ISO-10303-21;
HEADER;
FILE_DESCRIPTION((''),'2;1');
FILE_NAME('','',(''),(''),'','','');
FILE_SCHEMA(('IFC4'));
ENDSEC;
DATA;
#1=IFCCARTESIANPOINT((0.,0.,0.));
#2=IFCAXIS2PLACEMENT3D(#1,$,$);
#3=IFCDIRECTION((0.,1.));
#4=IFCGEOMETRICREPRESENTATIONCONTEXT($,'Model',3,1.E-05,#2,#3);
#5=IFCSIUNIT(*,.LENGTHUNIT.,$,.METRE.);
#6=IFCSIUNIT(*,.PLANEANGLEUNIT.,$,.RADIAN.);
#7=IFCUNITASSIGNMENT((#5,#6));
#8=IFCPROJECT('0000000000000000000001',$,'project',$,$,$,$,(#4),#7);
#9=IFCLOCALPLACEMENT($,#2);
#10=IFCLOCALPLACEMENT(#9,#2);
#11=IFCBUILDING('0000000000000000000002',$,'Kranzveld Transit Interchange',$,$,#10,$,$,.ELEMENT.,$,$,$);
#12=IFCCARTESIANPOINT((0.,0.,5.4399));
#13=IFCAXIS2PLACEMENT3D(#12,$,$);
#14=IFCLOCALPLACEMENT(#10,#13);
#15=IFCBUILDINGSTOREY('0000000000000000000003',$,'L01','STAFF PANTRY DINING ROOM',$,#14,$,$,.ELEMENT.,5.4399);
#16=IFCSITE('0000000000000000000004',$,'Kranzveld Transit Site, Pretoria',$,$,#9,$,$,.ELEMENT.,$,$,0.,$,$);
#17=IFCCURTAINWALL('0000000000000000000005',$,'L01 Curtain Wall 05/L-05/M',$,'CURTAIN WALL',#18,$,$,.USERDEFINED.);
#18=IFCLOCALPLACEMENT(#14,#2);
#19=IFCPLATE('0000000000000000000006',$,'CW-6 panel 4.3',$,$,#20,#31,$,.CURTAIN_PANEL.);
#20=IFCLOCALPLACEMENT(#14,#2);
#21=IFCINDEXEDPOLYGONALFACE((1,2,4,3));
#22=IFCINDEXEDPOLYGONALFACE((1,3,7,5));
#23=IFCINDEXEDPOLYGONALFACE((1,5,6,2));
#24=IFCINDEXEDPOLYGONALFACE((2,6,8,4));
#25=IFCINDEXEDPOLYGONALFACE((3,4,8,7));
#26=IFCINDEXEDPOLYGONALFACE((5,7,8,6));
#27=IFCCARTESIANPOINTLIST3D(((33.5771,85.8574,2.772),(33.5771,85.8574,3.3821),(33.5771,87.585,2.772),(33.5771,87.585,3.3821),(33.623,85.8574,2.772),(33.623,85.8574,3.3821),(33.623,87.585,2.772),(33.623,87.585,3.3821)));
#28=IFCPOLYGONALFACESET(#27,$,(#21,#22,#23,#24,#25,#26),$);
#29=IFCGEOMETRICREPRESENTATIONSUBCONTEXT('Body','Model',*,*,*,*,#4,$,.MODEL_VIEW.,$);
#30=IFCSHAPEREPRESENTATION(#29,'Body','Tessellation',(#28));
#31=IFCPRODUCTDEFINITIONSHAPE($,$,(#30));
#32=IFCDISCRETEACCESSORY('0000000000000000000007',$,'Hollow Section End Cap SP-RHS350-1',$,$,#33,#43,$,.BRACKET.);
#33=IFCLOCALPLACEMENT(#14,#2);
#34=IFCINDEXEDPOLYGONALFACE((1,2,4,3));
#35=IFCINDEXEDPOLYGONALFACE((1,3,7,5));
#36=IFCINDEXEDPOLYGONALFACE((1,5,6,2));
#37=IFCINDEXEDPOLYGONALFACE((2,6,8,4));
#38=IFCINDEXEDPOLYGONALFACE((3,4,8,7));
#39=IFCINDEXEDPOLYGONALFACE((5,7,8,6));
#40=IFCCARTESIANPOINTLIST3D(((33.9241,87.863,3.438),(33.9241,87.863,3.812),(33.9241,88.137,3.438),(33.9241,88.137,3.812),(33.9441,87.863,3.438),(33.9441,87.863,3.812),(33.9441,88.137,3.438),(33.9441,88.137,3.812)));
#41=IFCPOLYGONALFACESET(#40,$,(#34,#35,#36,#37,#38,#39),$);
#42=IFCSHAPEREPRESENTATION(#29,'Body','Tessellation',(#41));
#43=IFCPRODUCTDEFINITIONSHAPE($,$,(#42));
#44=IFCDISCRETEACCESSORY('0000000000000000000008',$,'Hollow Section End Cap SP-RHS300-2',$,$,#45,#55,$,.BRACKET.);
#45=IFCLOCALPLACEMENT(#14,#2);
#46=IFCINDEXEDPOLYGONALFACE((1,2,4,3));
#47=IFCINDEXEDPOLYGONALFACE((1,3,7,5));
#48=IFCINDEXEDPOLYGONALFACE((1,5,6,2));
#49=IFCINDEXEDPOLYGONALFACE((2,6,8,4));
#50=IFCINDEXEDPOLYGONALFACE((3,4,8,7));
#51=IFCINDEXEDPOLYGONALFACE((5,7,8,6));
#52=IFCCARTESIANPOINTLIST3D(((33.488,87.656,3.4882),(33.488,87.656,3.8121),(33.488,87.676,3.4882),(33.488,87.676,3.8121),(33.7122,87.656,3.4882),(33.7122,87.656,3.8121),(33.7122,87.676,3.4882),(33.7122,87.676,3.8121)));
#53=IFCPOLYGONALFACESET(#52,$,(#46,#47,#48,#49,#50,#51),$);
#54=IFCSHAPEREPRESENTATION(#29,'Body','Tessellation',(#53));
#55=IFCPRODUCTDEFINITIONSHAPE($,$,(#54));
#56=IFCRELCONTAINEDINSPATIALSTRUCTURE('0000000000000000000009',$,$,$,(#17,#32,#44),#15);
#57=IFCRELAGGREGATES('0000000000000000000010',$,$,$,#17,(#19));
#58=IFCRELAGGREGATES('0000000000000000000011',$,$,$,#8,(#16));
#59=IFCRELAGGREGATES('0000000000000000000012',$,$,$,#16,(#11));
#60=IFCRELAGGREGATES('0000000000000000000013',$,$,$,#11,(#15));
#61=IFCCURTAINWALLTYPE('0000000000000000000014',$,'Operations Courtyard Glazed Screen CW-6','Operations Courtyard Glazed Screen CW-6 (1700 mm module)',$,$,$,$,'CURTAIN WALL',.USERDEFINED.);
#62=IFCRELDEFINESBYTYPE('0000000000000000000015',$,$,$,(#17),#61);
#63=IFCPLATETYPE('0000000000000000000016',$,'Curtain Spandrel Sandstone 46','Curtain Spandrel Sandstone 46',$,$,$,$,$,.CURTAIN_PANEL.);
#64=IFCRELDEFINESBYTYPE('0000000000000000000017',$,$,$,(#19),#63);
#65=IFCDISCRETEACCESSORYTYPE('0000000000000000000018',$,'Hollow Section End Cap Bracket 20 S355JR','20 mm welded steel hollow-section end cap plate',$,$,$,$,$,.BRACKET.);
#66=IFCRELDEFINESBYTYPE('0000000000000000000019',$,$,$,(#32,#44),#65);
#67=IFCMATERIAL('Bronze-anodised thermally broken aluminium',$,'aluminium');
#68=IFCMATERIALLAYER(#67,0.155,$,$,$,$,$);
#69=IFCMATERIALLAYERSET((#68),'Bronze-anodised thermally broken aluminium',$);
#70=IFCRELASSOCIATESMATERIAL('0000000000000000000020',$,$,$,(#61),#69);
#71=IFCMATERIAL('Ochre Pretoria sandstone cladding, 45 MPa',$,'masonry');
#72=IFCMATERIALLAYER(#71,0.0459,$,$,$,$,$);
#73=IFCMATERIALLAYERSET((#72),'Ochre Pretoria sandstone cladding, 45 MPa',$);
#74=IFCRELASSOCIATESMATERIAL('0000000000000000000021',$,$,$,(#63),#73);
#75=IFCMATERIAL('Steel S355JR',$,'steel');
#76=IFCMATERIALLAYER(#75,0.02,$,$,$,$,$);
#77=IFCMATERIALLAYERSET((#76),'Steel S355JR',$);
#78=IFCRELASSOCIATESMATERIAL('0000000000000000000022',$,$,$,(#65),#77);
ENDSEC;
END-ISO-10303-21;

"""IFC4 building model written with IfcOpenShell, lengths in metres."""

from ifc_helpers import new_model, si_unit, direction, frame, origin, origin_2d, place, context, subcontext, project, spatial, rectangle, extrude, material, layer, layer_set, type_object, element, aggregate, save


model = new_model("IFC4")

# Units and contexts
model_context = context("Model", 3, precision=1e-05, world=origin(), true_north=direction((0.0, 1.0)))
body_context = subcontext(model_context, "Body", "Model", "MODEL_VIEW")
ifc_project = project(units=[si_unit("LENGTHUNIT", "METRE"), si_unit("PLANEANGLEUNIT", "RADIAN")], contexts=[model_context])

# Site, building, storey
site_placement = place(None, origin())
site = spatial("IfcSite", under=ifc_project, at=site_placement, Name="Kranzveld Transit Site, Pretoria", CompositionType="ELEMENT", RefElevation=0.0)
building_placement = place(site_placement, origin())
building = spatial("IfcBuilding", under=site, at=building_placement, Name="Kranzveld Transit Interchange", CompositionType="ELEMENT")
storey_placement = place(building_placement, frame((0.0, 0.0, 5.4399)))
storey = spatial("IfcBuildingStorey", under=building, at=storey_placement, Name="L01", Description="STAFF PANTRY DINING ROOM", CompositionType="ELEMENT", Elevation=5.4399)

# Curtain wall
ifc_material_1 = material(Name="Bronze-anodised thermally broken aluminium", Category="aluminium")
ifc_layer_1 = layer(ifc_material_1, 0.155)
ifc_layer_set_1 = layer_set([ifc_layer_1], Name="Bronze-anodised thermally broken aluminium")
curtain_wall_type_1 = type_object("IfcCurtainWallType", Name="Operations Courtyard Glazed Screen CW-6", Description="Operations Courtyard Glazed Screen CW-6 (1700 mm module)", ElementType="CURTAIN WALL", PredefinedType="USERDEFINED", material=ifc_layer_set_1)
curtain_wall_1_placement = place(storey_placement, origin())
curtain_wall_1 = element("IfcCurtainWall", 1, at=curtain_wall_1_placement, inside=storey, type_object=curtain_wall_type_1, Name="L01 Curtain Wall 05/L-05/M", ObjectType="CURTAIN WALL", PredefinedType="USERDEFINED")

# Plate
ifc_material_2 = material(Name="Ochre Pretoria sandstone cladding, 45 MPa", Category="masonry")
ifc_layer_2 = layer(ifc_material_2, 0.0459)
ifc_layer_set_2 = layer_set([ifc_layer_2], Name="Ochre Pretoria sandstone cladding, 45 MPa")
plate_type_1 = type_object("IfcPlateType", Name="Curtain Spandrel Sandstone 46", Description="Curtain Spandrel Sandstone 46", PredefinedType="CURTAIN_PANEL", material=ifc_layer_set_2)
plate_1_placement = place(storey_placement, frame((33.6001, 86.7212, 2.772), z_axis=(0.0, 0.0, 1.0), x_axis=(0.0, 1.0, 0.0)))
plate_1 = element("IfcPlate", 2, at=plate_1_placement, type_object=plate_type_1, Name="CW-6 panel 4.3", PredefinedType="CURTAIN_PANEL", context=body_context, shape_type="SweptSolid", body=[
    extrude(rectangle(XDim=1.7275, YDim=0.0459, at=origin_2d()), origin(), (0.0, 0.0, 1.0), 0.6101),
])
aggregate(curtain_wall_1, [plate_1])

# Discrete accessories
ifc_material_3 = material(Name="Steel S355JR", Category="steel")
ifc_layer_3 = layer(ifc_material_3, 0.02)
ifc_layer_set_3 = layer_set([ifc_layer_3], Name="Steel S355JR")
discrete_accessory_type = type_object("IfcDiscreteAccessoryType", Name="Hollow Section End Cap Bracket 20 S355JR", Description="20 mm welded steel hollow-section end cap plate", PredefinedType="BRACKET", material=ifc_layer_set_3)
discrete_accessory_1_placement = place(storey_placement, frame((33.9441, 88.0, 3.625), z_axis=(-1.0, 0.0, 0.0), x_axis=(0.0, -1.0, 0.0)))
element("IfcDiscreteAccessory", 3, at=discrete_accessory_1_placement, inside=storey, type_object=discrete_accessory_type, Name="Hollow Section End Cap SP-RHS350-1", PredefinedType="BRACKET", context=body_context, shape_type="SweptSolid", body=[
    extrude(rectangle(XDim=0.2739, YDim=0.374, at=origin_2d()), origin(), (0.0, 0.0, 1.0), 0.02),
])
discrete_accessory_2_placement = place(storey_placement, frame((33.6001, 87.656, 3.6501), z_axis=(0.0, 1.0, 0.0), x_axis=(-1.0, 0.0, 0.0)))
element("IfcDiscreteAccessory", 4, at=discrete_accessory_2_placement, inside=storey, type_object=discrete_accessory_type, Name="Hollow Section End Cap SP-RHS300-2", PredefinedType="BRACKET", context=body_context, shape_type="SweptSolid", body=[
    extrude(rectangle(XDim=0.2241, YDim=0.324, at=origin_2d()), origin(), (0.0, 0.0, 1.0), 0.02),
])

save(model, "model.ifc")
